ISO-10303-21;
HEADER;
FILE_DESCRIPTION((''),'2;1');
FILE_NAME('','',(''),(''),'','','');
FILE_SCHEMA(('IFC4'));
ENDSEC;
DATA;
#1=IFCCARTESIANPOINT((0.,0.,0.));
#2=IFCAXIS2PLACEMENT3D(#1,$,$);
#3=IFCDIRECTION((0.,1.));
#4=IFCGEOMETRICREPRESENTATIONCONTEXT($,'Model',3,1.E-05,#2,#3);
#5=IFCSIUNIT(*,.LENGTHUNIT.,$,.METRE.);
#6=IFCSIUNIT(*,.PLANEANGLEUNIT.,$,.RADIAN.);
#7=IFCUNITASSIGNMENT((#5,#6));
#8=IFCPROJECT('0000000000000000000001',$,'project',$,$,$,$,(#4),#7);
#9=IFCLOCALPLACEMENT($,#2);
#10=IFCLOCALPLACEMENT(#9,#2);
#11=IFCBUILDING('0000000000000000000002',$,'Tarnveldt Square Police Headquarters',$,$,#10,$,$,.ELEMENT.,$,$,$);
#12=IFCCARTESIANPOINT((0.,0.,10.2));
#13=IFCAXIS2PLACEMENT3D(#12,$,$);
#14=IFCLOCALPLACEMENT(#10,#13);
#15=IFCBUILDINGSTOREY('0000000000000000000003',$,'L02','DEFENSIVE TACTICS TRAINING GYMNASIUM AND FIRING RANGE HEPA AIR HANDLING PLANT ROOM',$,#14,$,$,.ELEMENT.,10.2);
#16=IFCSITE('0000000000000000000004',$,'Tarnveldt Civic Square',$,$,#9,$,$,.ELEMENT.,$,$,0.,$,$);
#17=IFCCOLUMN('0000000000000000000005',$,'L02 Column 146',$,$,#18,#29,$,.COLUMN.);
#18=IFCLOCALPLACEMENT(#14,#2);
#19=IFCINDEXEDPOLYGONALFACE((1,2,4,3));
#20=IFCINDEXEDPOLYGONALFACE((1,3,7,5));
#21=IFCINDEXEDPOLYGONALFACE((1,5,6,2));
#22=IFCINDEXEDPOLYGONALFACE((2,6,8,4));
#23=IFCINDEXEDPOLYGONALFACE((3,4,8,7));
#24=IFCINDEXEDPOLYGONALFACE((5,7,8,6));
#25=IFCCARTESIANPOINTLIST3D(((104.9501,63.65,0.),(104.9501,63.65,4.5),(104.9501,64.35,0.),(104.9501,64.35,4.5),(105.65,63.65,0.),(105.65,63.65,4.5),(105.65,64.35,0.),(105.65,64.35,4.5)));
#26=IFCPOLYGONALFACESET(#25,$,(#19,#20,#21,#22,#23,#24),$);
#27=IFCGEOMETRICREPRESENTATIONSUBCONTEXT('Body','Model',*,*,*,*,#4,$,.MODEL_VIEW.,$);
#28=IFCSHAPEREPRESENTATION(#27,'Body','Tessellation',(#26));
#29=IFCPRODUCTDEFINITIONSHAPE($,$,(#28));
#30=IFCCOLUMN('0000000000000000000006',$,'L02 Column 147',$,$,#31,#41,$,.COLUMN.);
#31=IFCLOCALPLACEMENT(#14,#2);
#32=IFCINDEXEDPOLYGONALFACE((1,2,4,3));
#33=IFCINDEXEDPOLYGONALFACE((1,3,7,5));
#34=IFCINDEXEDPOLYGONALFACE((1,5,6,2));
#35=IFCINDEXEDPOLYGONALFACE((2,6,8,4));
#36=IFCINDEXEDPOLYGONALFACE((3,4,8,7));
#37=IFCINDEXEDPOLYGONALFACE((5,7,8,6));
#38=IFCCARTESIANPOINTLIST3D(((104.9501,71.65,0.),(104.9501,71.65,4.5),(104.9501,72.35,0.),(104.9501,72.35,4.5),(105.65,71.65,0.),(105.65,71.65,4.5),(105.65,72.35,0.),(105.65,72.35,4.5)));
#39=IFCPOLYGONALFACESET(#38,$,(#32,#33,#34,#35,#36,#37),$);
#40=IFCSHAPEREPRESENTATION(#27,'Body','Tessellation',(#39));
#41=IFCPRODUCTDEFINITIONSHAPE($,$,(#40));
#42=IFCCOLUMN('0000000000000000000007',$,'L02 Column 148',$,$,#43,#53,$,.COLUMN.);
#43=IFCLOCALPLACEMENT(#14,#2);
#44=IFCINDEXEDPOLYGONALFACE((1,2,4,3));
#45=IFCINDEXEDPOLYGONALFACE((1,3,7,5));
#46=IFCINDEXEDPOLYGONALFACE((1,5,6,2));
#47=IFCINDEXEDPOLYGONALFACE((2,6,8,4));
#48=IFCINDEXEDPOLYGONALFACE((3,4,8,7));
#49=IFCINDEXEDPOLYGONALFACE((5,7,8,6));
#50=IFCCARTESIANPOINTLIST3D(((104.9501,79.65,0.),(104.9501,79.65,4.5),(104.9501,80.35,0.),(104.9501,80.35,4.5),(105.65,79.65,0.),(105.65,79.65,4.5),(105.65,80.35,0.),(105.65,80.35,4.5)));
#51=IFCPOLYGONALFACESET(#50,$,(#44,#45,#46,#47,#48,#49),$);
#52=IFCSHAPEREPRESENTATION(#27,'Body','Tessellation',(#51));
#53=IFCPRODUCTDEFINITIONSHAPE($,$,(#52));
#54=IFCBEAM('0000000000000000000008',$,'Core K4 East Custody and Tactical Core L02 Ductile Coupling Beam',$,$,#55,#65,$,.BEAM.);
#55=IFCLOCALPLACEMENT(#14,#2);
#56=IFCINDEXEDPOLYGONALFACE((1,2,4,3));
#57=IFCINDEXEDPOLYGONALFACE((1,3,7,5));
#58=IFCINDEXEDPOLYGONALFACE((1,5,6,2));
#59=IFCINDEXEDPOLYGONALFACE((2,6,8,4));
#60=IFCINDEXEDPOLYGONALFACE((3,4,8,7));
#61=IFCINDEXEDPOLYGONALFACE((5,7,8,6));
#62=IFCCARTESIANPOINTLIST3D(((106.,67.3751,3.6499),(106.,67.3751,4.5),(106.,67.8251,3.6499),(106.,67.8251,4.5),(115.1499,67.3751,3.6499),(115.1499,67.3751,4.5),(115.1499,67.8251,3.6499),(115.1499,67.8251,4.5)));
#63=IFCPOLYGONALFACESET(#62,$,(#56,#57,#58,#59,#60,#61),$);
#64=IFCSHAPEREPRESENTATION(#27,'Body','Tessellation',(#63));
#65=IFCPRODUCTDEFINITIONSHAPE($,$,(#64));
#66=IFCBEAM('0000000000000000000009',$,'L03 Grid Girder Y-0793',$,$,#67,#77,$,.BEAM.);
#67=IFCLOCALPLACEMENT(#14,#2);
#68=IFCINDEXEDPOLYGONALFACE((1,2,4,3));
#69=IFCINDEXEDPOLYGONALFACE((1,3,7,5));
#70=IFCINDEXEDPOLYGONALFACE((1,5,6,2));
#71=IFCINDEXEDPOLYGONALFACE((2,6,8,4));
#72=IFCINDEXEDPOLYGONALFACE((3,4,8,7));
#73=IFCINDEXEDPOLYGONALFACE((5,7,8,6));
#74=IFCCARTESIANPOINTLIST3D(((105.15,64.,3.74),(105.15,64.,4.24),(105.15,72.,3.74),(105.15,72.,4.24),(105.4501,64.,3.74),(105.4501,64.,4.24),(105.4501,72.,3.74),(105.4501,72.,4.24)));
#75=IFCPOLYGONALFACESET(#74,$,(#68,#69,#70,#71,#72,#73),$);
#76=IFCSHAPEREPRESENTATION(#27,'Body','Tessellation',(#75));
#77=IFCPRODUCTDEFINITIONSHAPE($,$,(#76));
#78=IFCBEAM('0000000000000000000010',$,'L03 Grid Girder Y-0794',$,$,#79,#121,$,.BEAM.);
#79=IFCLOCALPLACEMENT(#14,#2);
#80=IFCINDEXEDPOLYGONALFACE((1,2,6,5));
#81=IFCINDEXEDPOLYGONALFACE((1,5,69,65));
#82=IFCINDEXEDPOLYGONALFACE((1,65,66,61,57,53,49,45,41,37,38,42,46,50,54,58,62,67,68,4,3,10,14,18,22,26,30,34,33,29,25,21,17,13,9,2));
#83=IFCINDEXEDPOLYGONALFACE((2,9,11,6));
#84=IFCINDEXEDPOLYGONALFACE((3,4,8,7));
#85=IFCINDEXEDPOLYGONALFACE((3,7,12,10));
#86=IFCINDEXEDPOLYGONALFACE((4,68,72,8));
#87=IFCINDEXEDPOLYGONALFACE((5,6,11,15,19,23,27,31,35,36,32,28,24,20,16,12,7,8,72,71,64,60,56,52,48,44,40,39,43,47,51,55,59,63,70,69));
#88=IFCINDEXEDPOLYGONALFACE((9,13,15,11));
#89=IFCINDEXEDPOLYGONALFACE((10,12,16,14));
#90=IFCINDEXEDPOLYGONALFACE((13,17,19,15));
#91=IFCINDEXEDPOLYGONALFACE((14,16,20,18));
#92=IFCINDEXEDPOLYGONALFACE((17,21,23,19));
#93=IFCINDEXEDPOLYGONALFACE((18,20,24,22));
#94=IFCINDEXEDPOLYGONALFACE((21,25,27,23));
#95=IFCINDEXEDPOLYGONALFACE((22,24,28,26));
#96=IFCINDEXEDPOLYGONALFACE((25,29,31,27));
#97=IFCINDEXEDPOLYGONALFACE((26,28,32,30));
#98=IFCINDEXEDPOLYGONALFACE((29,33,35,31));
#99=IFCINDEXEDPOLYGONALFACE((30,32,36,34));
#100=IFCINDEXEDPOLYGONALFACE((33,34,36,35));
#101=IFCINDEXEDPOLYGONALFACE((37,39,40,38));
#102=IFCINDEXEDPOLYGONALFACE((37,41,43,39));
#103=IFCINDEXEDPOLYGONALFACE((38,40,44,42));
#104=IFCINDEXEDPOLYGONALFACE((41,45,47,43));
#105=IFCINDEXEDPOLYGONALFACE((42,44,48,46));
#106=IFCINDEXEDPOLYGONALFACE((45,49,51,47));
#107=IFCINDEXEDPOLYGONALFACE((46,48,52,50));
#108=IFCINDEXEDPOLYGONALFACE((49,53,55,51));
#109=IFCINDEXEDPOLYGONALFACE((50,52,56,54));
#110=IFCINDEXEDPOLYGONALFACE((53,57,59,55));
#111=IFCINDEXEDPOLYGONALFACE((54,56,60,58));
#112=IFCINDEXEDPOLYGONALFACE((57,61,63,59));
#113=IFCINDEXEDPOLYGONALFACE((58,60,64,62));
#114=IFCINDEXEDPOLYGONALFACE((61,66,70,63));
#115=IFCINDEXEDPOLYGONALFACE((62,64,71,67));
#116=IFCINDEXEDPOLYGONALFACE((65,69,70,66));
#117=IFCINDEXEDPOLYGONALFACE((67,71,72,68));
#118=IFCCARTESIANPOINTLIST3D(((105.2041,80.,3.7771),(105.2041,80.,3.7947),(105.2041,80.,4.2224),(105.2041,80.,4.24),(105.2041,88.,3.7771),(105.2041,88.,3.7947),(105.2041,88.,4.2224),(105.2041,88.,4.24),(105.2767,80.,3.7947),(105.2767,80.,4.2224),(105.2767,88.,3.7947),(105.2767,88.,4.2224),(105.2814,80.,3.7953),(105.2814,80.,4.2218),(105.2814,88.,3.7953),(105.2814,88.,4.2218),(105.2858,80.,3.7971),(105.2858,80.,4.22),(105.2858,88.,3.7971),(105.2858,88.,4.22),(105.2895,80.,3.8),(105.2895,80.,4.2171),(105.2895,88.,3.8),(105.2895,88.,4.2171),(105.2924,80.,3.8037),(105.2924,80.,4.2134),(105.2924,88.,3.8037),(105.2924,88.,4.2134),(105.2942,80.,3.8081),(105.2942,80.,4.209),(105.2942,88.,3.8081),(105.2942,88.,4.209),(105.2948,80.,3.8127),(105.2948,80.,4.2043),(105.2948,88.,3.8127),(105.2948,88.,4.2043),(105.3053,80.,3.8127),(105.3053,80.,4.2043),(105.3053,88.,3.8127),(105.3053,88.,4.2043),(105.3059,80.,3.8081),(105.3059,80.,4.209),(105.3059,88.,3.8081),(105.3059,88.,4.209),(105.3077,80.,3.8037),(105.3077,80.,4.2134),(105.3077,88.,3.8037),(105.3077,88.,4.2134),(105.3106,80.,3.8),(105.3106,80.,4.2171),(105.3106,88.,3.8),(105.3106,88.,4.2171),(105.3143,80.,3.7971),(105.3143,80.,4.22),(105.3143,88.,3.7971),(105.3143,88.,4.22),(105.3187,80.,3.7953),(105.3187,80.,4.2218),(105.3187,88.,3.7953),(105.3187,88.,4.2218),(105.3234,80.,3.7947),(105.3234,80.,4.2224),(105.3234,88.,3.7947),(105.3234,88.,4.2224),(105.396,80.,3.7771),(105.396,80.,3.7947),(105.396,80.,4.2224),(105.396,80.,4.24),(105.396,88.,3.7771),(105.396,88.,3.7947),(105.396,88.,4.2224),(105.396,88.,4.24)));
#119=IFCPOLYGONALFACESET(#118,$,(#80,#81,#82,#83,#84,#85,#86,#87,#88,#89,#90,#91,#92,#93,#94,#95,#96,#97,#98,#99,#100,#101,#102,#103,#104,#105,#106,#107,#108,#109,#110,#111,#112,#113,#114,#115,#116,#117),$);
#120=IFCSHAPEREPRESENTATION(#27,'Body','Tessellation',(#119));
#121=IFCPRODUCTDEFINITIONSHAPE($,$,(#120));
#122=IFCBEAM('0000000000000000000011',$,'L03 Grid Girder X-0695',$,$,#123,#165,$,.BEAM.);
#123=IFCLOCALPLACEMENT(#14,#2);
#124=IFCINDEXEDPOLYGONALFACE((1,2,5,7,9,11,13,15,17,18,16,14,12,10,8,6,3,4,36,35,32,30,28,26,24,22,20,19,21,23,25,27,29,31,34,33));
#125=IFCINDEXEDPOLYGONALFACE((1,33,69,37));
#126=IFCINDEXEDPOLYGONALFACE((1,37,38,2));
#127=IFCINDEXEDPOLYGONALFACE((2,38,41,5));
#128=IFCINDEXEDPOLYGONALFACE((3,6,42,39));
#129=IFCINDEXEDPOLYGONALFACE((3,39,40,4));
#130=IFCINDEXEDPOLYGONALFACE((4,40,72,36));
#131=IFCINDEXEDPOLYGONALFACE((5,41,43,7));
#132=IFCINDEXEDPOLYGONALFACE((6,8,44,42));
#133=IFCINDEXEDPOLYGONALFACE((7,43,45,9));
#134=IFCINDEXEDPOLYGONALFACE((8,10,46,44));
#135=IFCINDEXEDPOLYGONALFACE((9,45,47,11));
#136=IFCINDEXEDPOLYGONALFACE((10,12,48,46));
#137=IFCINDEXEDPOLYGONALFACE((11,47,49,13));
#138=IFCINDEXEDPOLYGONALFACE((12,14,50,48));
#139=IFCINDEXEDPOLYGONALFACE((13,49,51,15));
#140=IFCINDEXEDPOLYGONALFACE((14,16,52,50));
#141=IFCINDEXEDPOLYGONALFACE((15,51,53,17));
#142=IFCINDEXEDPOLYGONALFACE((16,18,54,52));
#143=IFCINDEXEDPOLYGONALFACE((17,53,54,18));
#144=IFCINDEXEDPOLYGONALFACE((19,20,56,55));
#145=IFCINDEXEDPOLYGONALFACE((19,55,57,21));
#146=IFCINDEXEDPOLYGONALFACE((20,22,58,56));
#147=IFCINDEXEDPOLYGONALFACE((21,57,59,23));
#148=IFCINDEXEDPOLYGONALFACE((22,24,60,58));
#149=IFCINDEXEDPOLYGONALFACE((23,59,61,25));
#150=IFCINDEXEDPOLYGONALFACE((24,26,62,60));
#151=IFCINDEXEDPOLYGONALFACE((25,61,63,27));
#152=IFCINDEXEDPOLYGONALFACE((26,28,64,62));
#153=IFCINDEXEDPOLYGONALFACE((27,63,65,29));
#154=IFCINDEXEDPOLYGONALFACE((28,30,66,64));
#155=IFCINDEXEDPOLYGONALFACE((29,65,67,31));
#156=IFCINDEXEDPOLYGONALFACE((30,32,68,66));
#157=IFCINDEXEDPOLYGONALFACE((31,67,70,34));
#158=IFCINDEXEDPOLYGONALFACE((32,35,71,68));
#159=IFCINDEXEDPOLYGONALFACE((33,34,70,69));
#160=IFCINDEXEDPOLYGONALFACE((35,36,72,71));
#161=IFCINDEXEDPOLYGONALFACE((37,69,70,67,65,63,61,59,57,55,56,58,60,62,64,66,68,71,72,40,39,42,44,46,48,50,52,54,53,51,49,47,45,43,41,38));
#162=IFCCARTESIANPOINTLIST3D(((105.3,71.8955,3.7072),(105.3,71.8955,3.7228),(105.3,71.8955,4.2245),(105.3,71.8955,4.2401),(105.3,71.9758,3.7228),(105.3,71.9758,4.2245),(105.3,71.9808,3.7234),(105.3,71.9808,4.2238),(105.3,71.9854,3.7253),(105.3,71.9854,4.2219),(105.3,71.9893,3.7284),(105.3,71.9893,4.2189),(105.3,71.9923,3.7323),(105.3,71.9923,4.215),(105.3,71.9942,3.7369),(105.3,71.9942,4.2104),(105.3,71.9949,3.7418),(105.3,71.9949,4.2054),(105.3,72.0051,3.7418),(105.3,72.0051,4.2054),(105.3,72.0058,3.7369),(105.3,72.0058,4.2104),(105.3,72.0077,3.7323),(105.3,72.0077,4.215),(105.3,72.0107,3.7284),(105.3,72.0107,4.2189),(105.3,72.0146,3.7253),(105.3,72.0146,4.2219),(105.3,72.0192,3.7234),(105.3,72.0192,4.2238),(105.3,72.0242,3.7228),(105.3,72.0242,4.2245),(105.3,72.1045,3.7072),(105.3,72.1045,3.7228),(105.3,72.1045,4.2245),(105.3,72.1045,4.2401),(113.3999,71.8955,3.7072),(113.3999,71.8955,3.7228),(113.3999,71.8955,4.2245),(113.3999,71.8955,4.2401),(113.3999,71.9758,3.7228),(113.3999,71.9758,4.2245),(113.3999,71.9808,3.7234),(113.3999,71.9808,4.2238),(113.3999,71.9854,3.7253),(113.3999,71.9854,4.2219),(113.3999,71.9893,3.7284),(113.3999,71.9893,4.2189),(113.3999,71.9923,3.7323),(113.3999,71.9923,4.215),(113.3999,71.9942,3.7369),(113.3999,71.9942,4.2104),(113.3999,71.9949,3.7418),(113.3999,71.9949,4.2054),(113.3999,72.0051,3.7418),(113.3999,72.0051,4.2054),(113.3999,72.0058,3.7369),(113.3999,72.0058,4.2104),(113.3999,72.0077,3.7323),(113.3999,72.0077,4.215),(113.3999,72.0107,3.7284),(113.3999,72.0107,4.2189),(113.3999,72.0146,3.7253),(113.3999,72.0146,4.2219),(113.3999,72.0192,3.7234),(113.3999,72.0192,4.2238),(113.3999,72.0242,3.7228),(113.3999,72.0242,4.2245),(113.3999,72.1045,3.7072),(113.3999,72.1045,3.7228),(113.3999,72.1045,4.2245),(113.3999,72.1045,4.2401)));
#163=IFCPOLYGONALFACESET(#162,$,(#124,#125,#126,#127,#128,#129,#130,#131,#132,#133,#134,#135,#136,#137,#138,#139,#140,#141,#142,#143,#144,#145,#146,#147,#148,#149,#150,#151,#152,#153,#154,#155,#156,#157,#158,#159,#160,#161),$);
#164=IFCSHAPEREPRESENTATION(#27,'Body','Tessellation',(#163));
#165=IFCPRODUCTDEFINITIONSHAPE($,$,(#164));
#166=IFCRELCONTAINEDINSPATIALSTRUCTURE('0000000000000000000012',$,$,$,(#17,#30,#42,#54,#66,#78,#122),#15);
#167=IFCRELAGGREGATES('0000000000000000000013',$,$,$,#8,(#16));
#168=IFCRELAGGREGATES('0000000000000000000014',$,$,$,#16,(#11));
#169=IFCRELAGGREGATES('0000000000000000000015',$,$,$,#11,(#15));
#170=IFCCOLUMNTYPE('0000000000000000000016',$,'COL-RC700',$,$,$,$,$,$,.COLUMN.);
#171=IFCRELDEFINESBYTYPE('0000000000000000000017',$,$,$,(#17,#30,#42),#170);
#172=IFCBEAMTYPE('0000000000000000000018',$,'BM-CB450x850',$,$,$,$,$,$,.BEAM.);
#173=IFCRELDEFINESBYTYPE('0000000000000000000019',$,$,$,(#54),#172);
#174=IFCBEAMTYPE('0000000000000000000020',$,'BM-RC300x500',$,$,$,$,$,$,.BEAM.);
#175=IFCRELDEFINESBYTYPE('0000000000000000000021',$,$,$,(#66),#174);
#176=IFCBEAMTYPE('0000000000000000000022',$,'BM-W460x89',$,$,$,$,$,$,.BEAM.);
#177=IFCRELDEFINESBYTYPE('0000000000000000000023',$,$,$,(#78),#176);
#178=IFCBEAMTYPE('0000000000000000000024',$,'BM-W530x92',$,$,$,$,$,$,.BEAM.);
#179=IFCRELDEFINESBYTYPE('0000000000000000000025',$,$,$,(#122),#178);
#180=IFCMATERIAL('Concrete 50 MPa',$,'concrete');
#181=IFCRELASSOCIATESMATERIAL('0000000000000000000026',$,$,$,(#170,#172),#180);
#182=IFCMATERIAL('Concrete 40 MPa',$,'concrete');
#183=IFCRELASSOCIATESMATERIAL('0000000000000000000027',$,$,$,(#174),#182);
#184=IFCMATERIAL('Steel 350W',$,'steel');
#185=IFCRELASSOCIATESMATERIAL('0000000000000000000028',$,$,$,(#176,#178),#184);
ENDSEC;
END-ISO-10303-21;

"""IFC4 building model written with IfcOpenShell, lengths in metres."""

from ifc_helpers import new_model, si_unit, direction, frame, origin, origin_2d, place, context, subcontext, project, spatial, rectangle, i_section, extrude, material, material_profile, profile_set, type_object, element, save


model = new_model("IFC4")

# Units and contexts
model_context = context("Model", 3, precision=1e-05, world=origin(), true_north=direction((0.0, 1.0)))
body_context = subcontext(model_context, "Body", "Model", "MODEL_VIEW")
ifc_project = project(units=[si_unit("LENGTHUNIT", "METRE"), si_unit("PLANEANGLEUNIT", "RADIAN")], contexts=[model_context])

# Site, building, storey
site_placement = place(None, origin())
site = spatial("IfcSite", under=ifc_project, at=site_placement, Name="Tarnveldt Civic Square", CompositionType="ELEMENT", RefElevation=0.0)
building_placement = place(site_placement, origin())
building = spatial("IfcBuilding", under=site, at=building_placement, Name="Tarnveldt Square Police Headquarters", CompositionType="ELEMENT")
storey_placement = place(building_placement, frame((0.0, 0.0, 10.2)))
storey = spatial("IfcBuildingStorey", under=building, at=storey_placement, Name="L02", Description="DEFENSIVE TACTICS TRAINING GYMNASIUM AND FIRING RANGE HEPA AIR HANDLING PLANT ROOM", CompositionType="ELEMENT", Elevation=10.2)

# Columns
ifc_material_1 = material(Name="Concrete 50 MPa", Category="concrete")
ifc_material_profile_1 = material_profile(ifc_material_1, rectangle(XDim=0.7, YDim=0.7, at=origin_2d()), Name="RC-C700x700")
ifc_profile_set_1 = profile_set([ifc_material_profile_1], Name="Concrete 50 MPa")
column_type = type_object("IfcColumnType", Name="COL-RC700", PredefinedType="COLUMN", material=ifc_profile_set_1)
for number, where, z_axis, x_axis, name in (
    (1, (105.3, 64.0, 0.0), (0.0, 0.0, 1.0), (1.0, 0.0, 0.0), "L02 Column 146"),
    (2, (105.3, 72.0, 0.0), (0.0, 0.0, 1.0), (1.0, 0.0, 0.0), "L02 Column 147"),
    (3, (105.3, 80.0, 0.0), (0.0, 0.0, 1.0), (1.0, 0.0, 0.0), "L02 Column 148"),
):
    element("IfcColumn", number, at=place(storey_placement, frame(where, z_axis=z_axis, x_axis=x_axis)), inside=storey, type_object=column_type, Name=name, PredefinedType="COLUMN", context=body_context, shape_type="SweptSolid", body=[
        extrude(rectangle(XDim=0.7, YDim=0.7, at=origin_2d()), origin(), (0.0, 0.0, 1.0), 4.5),
    ])

# Beams
ifc_material_profile_2 = material_profile(ifc_material_1, rectangle(XDim=0.45, YDim=0.8501, at=origin_2d()), Name="RC-CB450x850")
ifc_profile_set_2 = profile_set([ifc_material_profile_2], Name="Concrete 50 MPa")
beam_type_1 = type_object("IfcBeamType", Name="BM-CB450x850", PredefinedType="BEAM", material=ifc_profile_set_2)
beam_1_placement = place(storey_placement, frame((106.0, 67.6001, 4.075), z_axis=(1.0, 0.0, 0.0), x_axis=(0.0, 1.0, 0.0)))
element("IfcBeam", 4, at=beam_1_placement, inside=storey, type_object=beam_type_1, Name="Core K4 East Custody and Tactical Core L02 Ductile Coupling Beam", PredefinedType="BEAM", context=body_context, shape_type="SweptSolid", body=[
    extrude(rectangle(XDim=0.45, YDim=0.8501, at=origin_2d()), origin(), (0.0, 0.0, 1.0), 9.1499),
])
ifc_material_2 = material(Name="Concrete 40 MPa", Category="concrete")
ifc_material_profile_3 = material_profile(ifc_material_2, rectangle(XDim=0.3, YDim=0.5, at=origin_2d()), Name="RC-B300x500")
ifc_profile_set_3 = profile_set([ifc_material_profile_3], Name="Concrete 40 MPa")
beam_type_2 = type_object("IfcBeamType", Name="BM-RC300x500", PredefinedType="BEAM", material=ifc_profile_set_3)
beam_2_placement = place(storey_placement, frame((105.3, 64.0, 3.99), z_axis=(0.0, 1.0, 0.0), x_axis=(-1.0, 0.0, 0.0)))
element("IfcBeam", 5, at=beam_2_placement, inside=storey, type_object=beam_type_2, Name="L03 Grid Girder Y-0793", PredefinedType="BEAM", context=body_context, shape_type="SweptSolid", body=[
    extrude(rectangle(XDim=0.3, YDim=0.5, at=origin_2d()), origin(), (0.0, 0.0, 1.0), 8.0),
])
ifc_material_3 = material(Name="Steel 350W", Category="steel")
ifc_material_profile_4 = material_profile(ifc_material_3, i_section(OverallWidth=0.1919, OverallDepth=0.4629, WebThickness=0.0105, FlangeThickness=0.0176, FilletRadius=0.0181, at=origin_2d()), Name="W460x89")
ifc_profile_set_4 = profile_set([ifc_material_profile_4], Name="Steel 350W")
beam_type_3 = type_object("IfcBeamType", Name="BM-W460x89", PredefinedType="BEAM", material=ifc_profile_set_4)
beam_3_placement = place(storey_placement, frame((105.3, 80.0, 4.0085), z_axis=(0.0, 1.0, 0.0), x_axis=(-1.0, 0.0, 0.0)))
element("IfcBeam", 6, at=beam_3_placement, inside=storey, type_object=beam_type_3, Name="L03 Grid Girder Y-0794", PredefinedType="BEAM", context=body_context, shape_type="SweptSolid", body=[
    extrude(i_section(OverallWidth=0.1919, OverallDepth=0.4629, WebThickness=0.0105, FlangeThickness=0.0176, FilletRadius=0.0181, at=origin_2d()), origin(), (0.0, 0.0, 1.0), 8.0),
])
ifc_material_profile_5 = material_profile(ifc_material_3, i_section(OverallWidth=0.209, OverallDepth=0.533, WebThickness=0.0103, FlangeThickness=0.0156, FilletRadius=0.019, at=origin_2d()), Name="W530x92")
ifc_profile_set_5 = profile_set([ifc_material_profile_5], Name="Steel 350W")
beam_type_4 = type_object("IfcBeamType", Name="BM-W530x92", PredefinedType="BEAM", material=ifc_profile_set_5)
for number, where, z_axis, x_axis, name in (
    (7, (105.3, 72.0, 3.9736), (1.0, 0.0, 0.0), (0.0, 1.0, 0.0), "L03 Grid Girder X-0695"),
):
    element("IfcBeam", number, at=place(storey_placement, frame(where, z_axis=z_axis, x_axis=x_axis)), inside=storey, type_object=beam_type_4, Name=name, PredefinedType="BEAM", context=body_context, shape_type="SweptSolid", body=[
        extrude(i_section(OverallWidth=0.209, OverallDepth=0.533, WebThickness=0.0103, FlangeThickness=0.0156, FilletRadius=0.019, at=origin_2d()), origin(), (0.0, 0.0, 1.0), 8.0999),
    ])

save(model, "model.ifc")
